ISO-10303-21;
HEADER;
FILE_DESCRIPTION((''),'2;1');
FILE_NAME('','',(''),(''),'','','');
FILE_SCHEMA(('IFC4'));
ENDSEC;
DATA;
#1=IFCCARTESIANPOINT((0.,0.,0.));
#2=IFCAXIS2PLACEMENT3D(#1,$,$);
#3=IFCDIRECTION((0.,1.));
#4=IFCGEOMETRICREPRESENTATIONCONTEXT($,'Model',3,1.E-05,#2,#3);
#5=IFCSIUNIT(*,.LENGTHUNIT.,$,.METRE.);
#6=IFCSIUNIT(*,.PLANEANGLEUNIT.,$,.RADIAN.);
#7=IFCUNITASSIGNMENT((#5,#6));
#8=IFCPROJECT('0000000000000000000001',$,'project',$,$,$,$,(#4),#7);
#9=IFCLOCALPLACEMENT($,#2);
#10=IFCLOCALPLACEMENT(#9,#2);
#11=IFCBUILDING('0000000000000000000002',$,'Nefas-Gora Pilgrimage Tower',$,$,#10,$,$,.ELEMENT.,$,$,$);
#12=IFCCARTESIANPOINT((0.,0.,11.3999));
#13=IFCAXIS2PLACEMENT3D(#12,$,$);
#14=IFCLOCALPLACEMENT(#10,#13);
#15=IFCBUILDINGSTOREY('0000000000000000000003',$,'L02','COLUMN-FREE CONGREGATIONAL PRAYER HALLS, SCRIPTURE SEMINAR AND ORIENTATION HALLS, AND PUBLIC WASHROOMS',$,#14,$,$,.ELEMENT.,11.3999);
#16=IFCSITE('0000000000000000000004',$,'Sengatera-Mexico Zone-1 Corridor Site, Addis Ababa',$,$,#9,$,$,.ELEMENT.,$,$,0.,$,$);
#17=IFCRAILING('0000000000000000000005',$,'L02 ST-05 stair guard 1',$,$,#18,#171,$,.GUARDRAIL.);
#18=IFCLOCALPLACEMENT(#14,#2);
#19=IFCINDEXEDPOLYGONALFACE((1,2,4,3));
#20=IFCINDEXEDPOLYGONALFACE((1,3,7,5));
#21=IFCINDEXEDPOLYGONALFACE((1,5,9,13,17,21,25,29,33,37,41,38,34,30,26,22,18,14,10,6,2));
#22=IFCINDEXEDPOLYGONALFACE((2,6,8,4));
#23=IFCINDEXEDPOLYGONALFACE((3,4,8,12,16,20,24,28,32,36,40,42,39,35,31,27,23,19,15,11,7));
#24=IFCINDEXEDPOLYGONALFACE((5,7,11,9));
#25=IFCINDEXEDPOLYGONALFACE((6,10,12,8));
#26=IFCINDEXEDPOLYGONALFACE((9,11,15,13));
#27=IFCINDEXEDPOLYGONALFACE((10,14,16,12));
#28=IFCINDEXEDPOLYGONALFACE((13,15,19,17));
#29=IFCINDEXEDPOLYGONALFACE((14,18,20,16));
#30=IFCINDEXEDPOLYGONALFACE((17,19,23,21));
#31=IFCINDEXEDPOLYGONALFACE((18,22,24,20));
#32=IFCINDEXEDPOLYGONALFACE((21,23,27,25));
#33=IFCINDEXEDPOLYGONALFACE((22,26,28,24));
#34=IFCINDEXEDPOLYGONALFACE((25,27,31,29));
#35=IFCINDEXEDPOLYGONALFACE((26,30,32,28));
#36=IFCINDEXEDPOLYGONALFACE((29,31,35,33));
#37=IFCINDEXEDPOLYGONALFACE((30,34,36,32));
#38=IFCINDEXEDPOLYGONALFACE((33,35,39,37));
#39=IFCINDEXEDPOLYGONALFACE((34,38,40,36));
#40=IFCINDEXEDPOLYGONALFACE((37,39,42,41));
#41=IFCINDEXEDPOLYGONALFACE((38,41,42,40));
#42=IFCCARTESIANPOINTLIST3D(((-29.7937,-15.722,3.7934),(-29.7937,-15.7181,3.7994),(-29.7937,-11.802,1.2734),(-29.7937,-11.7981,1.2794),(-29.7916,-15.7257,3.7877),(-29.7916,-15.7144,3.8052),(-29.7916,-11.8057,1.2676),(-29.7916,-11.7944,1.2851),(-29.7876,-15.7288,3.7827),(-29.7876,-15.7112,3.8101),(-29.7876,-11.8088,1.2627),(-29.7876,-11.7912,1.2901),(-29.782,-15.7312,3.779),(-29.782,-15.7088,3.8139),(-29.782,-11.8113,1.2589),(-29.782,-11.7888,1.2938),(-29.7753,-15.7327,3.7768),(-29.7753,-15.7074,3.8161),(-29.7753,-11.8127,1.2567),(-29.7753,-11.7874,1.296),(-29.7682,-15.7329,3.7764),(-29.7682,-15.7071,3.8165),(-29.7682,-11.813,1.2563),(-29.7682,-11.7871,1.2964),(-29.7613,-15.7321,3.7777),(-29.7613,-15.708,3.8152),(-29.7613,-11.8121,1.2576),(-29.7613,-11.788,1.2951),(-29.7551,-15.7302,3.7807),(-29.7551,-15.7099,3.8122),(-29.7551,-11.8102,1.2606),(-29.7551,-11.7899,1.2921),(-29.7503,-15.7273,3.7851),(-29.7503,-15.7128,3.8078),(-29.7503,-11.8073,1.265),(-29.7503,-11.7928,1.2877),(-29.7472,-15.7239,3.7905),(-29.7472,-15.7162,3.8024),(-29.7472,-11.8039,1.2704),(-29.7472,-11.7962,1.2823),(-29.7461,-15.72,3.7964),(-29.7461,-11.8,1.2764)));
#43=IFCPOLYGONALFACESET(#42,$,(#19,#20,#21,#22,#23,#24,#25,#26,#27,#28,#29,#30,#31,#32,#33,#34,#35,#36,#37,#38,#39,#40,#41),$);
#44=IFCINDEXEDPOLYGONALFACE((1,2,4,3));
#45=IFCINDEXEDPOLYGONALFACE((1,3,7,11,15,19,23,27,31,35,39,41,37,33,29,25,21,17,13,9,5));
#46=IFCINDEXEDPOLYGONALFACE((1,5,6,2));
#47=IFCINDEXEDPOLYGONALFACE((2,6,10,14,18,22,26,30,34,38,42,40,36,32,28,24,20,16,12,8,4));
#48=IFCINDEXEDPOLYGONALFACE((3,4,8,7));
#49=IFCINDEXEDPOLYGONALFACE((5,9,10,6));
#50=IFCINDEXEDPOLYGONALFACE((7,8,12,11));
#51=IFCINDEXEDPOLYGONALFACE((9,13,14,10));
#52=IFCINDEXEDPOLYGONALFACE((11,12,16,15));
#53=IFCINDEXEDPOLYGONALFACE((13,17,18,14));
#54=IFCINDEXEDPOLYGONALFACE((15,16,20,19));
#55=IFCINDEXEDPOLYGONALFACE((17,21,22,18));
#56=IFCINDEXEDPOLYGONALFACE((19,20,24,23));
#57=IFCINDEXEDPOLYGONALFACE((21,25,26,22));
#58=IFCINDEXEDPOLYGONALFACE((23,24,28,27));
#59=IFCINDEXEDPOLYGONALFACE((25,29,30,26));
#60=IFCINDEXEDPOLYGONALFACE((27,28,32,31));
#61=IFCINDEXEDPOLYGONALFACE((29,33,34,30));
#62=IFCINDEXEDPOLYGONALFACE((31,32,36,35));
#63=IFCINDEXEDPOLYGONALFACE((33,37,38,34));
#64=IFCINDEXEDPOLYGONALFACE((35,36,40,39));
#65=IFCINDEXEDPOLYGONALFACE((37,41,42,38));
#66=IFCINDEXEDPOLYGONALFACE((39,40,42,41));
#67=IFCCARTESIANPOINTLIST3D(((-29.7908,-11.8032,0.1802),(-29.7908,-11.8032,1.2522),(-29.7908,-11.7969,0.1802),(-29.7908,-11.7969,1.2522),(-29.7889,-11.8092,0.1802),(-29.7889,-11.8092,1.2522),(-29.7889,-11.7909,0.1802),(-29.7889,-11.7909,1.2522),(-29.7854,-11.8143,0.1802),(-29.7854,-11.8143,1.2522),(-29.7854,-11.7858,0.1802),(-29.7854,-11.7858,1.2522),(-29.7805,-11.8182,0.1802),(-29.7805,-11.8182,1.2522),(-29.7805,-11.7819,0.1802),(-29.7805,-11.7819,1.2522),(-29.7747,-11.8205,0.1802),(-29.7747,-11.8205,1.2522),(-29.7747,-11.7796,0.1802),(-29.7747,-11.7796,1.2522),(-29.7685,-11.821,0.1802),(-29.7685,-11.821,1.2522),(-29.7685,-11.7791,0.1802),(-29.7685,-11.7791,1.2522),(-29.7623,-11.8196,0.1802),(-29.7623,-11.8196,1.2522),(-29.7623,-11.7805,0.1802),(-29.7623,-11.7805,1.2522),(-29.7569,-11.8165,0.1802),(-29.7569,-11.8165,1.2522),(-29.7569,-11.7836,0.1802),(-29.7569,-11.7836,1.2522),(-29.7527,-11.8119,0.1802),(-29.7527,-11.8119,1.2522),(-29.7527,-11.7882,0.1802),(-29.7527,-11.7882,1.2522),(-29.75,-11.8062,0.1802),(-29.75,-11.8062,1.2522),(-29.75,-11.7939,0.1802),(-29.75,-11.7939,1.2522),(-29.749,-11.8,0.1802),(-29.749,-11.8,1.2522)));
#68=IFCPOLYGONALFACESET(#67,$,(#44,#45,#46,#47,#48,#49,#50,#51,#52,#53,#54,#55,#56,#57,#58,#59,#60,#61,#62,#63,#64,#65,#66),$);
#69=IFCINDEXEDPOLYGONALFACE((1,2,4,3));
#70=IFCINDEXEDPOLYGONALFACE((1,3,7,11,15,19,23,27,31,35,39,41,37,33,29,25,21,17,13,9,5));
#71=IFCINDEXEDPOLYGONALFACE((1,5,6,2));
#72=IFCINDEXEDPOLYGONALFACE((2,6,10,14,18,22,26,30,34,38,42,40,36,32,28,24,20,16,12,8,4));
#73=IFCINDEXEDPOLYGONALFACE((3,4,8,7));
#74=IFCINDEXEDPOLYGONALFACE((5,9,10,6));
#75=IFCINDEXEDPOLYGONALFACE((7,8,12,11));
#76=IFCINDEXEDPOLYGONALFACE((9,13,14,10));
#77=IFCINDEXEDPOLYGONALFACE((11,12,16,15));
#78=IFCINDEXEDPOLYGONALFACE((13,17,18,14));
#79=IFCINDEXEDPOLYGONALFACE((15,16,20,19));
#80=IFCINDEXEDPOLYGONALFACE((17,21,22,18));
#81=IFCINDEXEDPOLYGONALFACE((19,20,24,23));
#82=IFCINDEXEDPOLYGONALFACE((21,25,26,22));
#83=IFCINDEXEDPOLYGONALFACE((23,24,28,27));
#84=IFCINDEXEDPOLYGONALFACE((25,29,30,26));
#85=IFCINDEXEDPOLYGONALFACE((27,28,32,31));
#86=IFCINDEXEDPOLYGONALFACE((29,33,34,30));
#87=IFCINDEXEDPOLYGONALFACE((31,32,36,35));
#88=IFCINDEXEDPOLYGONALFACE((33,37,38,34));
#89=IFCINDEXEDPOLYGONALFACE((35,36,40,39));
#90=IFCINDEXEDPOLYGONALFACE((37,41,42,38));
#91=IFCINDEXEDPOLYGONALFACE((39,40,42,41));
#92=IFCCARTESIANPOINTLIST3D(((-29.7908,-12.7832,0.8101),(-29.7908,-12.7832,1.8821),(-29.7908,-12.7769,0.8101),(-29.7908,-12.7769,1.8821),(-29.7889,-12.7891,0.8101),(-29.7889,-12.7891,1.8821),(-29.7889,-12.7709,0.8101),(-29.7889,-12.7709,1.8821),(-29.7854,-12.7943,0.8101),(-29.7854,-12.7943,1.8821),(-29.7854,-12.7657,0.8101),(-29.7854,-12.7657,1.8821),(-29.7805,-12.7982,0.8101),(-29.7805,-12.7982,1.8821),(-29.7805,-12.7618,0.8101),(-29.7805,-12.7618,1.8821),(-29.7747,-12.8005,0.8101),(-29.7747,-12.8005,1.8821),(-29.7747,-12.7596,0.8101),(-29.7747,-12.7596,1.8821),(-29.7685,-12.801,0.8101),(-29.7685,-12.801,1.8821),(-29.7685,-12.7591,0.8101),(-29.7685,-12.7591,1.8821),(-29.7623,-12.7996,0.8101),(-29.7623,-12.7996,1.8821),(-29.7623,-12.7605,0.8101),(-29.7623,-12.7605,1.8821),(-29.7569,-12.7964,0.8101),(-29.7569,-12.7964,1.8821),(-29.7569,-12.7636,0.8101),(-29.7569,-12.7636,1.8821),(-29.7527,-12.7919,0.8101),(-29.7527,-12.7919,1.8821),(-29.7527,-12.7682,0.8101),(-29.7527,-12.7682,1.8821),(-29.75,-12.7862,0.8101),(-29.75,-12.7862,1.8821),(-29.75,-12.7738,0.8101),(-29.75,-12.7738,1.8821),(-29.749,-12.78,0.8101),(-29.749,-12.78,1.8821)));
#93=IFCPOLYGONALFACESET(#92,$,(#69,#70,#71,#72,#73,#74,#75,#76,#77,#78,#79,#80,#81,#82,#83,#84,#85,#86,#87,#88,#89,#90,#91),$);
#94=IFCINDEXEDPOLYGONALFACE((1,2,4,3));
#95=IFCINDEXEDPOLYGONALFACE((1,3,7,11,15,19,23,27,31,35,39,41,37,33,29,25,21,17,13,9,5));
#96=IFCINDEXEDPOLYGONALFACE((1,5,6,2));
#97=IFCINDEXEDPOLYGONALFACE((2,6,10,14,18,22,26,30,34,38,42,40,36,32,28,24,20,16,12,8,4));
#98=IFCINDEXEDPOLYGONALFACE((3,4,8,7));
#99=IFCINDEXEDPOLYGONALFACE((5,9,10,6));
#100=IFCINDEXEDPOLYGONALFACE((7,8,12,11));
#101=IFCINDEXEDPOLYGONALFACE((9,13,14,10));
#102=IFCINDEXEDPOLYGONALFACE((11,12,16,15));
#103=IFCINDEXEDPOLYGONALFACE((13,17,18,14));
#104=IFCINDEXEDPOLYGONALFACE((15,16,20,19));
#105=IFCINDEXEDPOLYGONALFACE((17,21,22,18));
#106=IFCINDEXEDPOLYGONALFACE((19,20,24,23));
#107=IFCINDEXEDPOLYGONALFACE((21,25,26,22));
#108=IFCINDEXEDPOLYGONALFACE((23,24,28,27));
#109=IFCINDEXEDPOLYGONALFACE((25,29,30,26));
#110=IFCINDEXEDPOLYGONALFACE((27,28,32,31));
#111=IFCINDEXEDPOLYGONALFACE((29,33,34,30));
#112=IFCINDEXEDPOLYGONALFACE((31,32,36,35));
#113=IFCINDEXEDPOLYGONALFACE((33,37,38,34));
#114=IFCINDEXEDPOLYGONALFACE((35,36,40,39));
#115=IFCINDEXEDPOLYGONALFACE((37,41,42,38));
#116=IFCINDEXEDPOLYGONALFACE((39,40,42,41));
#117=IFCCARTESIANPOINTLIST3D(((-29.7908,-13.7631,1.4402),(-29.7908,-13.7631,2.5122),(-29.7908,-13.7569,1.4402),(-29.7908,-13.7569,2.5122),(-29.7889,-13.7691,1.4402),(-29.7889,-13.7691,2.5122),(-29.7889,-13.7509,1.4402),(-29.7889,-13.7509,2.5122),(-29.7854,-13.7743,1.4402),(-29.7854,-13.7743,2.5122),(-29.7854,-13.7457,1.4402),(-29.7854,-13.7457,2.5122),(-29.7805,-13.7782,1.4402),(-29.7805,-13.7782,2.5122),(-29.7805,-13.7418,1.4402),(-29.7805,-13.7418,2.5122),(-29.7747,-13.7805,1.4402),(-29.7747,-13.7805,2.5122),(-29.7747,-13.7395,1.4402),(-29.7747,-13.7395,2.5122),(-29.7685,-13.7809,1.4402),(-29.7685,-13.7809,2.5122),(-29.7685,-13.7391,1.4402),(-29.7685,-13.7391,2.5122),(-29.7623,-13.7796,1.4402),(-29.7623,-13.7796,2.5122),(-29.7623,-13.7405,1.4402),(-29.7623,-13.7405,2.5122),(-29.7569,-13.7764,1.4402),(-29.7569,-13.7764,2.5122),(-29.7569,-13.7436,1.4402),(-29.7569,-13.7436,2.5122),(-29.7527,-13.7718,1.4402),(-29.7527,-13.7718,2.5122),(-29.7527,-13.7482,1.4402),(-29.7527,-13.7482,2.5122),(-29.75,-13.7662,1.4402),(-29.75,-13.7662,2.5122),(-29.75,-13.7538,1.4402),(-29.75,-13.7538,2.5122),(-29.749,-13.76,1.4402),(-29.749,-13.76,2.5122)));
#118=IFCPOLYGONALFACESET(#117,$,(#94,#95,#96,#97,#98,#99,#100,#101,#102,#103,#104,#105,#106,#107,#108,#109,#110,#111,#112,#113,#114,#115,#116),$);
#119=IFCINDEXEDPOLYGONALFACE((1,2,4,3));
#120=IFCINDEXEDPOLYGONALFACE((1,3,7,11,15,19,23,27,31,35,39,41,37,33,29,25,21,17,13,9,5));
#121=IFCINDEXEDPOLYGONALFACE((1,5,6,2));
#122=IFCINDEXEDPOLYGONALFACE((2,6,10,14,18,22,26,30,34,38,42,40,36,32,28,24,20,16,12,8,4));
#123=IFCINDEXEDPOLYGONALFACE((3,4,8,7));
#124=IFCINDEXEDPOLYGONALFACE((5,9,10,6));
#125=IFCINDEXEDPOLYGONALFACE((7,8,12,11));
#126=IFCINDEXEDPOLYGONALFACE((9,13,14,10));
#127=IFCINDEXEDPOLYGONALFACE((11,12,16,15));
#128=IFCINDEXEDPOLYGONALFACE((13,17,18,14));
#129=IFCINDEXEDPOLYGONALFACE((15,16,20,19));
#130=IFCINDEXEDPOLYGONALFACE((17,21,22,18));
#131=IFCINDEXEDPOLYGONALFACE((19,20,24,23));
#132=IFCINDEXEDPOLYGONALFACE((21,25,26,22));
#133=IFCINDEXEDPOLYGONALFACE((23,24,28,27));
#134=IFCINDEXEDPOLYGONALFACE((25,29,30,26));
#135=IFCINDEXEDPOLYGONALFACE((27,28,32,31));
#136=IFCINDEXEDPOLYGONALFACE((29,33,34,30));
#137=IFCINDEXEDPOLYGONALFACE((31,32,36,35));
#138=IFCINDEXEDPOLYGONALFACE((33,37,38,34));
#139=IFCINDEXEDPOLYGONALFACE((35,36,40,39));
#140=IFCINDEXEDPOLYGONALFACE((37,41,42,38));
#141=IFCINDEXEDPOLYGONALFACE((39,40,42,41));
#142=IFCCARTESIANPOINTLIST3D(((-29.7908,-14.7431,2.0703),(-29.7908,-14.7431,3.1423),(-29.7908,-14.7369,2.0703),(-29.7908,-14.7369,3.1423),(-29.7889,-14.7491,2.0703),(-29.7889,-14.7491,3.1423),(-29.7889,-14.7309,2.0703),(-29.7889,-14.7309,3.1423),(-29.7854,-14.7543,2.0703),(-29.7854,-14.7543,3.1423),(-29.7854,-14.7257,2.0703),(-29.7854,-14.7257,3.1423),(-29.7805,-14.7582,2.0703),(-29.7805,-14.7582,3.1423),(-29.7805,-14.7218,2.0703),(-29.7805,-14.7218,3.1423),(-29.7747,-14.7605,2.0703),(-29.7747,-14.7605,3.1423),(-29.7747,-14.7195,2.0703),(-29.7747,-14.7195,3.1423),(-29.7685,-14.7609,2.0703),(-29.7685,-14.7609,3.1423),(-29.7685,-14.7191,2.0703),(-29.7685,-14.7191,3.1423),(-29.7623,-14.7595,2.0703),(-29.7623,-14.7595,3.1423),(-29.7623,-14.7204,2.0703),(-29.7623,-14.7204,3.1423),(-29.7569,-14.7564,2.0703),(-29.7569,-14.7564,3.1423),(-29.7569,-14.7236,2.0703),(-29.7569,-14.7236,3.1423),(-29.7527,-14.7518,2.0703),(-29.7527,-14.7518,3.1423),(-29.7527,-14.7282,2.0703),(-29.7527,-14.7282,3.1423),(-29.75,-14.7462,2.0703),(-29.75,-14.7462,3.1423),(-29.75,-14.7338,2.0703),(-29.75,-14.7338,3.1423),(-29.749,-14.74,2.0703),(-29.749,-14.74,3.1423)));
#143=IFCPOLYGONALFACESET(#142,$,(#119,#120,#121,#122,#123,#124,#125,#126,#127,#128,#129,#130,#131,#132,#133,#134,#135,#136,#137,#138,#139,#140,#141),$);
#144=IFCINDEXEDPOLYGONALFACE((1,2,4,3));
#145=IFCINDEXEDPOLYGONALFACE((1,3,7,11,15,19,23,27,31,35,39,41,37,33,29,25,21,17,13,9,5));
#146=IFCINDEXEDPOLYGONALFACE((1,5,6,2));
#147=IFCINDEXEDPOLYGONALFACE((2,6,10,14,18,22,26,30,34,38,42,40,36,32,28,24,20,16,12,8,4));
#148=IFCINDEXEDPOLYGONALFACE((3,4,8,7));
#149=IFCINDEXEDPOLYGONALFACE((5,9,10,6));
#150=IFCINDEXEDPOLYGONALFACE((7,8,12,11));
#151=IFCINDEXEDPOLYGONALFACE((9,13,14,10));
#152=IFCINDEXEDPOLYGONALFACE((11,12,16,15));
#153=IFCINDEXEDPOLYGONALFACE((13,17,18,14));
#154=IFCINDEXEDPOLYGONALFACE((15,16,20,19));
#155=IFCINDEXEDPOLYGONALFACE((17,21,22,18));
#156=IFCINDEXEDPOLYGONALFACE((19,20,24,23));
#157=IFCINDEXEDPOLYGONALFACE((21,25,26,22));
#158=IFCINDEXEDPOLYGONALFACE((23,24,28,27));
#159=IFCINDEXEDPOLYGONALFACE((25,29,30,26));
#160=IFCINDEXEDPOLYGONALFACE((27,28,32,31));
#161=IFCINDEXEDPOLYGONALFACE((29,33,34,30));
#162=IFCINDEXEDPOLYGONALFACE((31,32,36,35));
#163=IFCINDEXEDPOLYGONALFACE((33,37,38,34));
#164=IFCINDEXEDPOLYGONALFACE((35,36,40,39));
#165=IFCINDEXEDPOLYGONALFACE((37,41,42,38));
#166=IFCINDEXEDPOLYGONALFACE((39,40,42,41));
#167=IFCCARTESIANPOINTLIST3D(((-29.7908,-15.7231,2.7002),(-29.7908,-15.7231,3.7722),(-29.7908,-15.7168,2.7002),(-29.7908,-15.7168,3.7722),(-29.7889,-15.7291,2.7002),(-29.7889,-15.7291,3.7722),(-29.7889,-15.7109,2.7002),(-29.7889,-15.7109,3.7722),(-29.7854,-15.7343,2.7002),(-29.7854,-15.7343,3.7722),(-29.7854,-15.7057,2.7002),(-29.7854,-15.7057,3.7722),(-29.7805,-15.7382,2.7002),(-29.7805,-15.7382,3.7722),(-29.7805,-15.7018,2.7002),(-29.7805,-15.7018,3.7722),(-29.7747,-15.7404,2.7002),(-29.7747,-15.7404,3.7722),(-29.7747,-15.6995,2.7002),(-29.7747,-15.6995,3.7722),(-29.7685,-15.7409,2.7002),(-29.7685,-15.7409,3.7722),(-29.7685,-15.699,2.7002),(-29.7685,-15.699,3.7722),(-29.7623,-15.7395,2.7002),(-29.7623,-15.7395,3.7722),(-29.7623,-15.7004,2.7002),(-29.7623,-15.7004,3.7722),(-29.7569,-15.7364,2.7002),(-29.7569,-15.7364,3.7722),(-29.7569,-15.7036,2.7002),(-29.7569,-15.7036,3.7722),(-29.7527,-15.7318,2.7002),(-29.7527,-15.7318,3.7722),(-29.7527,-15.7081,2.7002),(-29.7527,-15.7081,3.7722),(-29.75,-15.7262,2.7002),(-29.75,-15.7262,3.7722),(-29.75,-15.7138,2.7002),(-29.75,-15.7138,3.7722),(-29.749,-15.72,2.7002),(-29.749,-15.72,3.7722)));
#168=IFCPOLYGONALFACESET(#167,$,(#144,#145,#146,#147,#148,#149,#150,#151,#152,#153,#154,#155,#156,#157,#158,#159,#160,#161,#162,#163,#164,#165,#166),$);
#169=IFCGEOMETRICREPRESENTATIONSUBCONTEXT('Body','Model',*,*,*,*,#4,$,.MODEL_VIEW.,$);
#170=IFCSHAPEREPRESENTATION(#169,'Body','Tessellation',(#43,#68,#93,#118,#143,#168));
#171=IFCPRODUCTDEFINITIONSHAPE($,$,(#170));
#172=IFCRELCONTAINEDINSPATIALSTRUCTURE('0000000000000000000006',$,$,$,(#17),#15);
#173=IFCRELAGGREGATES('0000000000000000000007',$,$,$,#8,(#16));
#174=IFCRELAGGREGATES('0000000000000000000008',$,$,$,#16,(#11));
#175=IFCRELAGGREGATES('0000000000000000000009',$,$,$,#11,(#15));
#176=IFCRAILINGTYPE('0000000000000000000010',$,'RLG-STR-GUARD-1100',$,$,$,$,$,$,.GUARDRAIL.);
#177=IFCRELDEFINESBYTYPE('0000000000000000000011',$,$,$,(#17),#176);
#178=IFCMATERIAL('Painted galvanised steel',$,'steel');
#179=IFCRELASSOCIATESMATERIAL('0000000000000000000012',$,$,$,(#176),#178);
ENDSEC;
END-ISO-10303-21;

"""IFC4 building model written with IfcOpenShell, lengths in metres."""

from ifc_helpers import new_model, si_unit, direction, frame, origin, origin_2d, place, context, subcontext, project, spatial, circle, extrude, material, type_object, element, save


model = new_model("IFC4")

# Units and contexts
model_context = context("Model", 3, precision=1e-05, world=origin(), true_north=direction((0.0, 1.0)))
body_context = subcontext(model_context, "Body", "Model", "MODEL_VIEW")
ifc_project = project(units=[si_unit("LENGTHUNIT", "METRE"), si_unit("PLANEANGLEUNIT", "RADIAN")], contexts=[model_context])

# Site, building, storey
site_placement = place(None, origin())
site = spatial("IfcSite", under=ifc_project, at=site_placement, Name="Sengatera-Mexico Zone-1 Corridor Site, Addis Ababa", CompositionType="ELEMENT", RefElevation=0.0)
building_placement = place(site_placement, origin())
building = spatial("IfcBuilding", under=site, at=building_placement, Name="Nefas-Gora Pilgrimage Tower", CompositionType="ELEMENT")
storey_placement = place(building_placement, frame((0.0, 0.0, 11.3999)))
storey = spatial("IfcBuildingStorey", under=building, at=storey_placement, Name="L02", Description="COLUMN-FREE CONGREGATIONAL PRAYER HALLS, SCRIPTURE SEMINAR AND ORIENTATION HALLS, AND PUBLIC WASHROOMS", CompositionType="ELEMENT", Elevation=11.3999)

# Railing
ifc_material_1 = material(Name="Painted galvanised steel", Category="steel")
railing_type_1 = type_object("IfcRailingType", Name="RLG-STR-GUARD-1100", PredefinedType="GUARDRAIL", material=ifc_material_1)
railing_1_placement = place(storey_placement, frame((-29.77, -11.8, 0.1802)))
element("IfcRailing", 1, at=railing_1_placement, inside=storey, type_object=railing_type_1, Name="L02 ST-05 stair guard 1", PredefinedType="GUARDRAIL", context=body_context, shape_type="SweptSolid", body=[
    extrude(circle(Radius=0.0239, at=origin_2d()), frame((0.0, 0.0, 1.0962), z_axis=(0.0, -0.841172, 0.540768), x_axis=(1.0, 0.0, 0.0)), (0.0, 0.0, 1.0), 4.6602),
    extrude(circle(Radius=0.021, at=origin_2d()), origin(), (0.0, 0.0, 1.0), 1.072),
    extrude(circle(Radius=0.021, at=origin_2d()), frame((0.0, -0.98, 0.6299)), (0.0, 0.0, 1.0), 1.072),
    extrude(circle(Radius=0.021, at=origin_2d()), frame((0.0, -1.96, 1.26)), (0.0, 0.0, 1.0), 1.072),
    extrude(circle(Radius=0.021, at=origin_2d()), frame((0.0, -2.9399, 1.8901)), (0.0, 0.0, 1.0), 1.072),
    extrude(circle(Radius=0.021, at=origin_2d()), frame((0.0, -3.9199, 2.52)), (0.0, 0.0, 1.0), 1.072),
])

save(model, "model.ifc")
